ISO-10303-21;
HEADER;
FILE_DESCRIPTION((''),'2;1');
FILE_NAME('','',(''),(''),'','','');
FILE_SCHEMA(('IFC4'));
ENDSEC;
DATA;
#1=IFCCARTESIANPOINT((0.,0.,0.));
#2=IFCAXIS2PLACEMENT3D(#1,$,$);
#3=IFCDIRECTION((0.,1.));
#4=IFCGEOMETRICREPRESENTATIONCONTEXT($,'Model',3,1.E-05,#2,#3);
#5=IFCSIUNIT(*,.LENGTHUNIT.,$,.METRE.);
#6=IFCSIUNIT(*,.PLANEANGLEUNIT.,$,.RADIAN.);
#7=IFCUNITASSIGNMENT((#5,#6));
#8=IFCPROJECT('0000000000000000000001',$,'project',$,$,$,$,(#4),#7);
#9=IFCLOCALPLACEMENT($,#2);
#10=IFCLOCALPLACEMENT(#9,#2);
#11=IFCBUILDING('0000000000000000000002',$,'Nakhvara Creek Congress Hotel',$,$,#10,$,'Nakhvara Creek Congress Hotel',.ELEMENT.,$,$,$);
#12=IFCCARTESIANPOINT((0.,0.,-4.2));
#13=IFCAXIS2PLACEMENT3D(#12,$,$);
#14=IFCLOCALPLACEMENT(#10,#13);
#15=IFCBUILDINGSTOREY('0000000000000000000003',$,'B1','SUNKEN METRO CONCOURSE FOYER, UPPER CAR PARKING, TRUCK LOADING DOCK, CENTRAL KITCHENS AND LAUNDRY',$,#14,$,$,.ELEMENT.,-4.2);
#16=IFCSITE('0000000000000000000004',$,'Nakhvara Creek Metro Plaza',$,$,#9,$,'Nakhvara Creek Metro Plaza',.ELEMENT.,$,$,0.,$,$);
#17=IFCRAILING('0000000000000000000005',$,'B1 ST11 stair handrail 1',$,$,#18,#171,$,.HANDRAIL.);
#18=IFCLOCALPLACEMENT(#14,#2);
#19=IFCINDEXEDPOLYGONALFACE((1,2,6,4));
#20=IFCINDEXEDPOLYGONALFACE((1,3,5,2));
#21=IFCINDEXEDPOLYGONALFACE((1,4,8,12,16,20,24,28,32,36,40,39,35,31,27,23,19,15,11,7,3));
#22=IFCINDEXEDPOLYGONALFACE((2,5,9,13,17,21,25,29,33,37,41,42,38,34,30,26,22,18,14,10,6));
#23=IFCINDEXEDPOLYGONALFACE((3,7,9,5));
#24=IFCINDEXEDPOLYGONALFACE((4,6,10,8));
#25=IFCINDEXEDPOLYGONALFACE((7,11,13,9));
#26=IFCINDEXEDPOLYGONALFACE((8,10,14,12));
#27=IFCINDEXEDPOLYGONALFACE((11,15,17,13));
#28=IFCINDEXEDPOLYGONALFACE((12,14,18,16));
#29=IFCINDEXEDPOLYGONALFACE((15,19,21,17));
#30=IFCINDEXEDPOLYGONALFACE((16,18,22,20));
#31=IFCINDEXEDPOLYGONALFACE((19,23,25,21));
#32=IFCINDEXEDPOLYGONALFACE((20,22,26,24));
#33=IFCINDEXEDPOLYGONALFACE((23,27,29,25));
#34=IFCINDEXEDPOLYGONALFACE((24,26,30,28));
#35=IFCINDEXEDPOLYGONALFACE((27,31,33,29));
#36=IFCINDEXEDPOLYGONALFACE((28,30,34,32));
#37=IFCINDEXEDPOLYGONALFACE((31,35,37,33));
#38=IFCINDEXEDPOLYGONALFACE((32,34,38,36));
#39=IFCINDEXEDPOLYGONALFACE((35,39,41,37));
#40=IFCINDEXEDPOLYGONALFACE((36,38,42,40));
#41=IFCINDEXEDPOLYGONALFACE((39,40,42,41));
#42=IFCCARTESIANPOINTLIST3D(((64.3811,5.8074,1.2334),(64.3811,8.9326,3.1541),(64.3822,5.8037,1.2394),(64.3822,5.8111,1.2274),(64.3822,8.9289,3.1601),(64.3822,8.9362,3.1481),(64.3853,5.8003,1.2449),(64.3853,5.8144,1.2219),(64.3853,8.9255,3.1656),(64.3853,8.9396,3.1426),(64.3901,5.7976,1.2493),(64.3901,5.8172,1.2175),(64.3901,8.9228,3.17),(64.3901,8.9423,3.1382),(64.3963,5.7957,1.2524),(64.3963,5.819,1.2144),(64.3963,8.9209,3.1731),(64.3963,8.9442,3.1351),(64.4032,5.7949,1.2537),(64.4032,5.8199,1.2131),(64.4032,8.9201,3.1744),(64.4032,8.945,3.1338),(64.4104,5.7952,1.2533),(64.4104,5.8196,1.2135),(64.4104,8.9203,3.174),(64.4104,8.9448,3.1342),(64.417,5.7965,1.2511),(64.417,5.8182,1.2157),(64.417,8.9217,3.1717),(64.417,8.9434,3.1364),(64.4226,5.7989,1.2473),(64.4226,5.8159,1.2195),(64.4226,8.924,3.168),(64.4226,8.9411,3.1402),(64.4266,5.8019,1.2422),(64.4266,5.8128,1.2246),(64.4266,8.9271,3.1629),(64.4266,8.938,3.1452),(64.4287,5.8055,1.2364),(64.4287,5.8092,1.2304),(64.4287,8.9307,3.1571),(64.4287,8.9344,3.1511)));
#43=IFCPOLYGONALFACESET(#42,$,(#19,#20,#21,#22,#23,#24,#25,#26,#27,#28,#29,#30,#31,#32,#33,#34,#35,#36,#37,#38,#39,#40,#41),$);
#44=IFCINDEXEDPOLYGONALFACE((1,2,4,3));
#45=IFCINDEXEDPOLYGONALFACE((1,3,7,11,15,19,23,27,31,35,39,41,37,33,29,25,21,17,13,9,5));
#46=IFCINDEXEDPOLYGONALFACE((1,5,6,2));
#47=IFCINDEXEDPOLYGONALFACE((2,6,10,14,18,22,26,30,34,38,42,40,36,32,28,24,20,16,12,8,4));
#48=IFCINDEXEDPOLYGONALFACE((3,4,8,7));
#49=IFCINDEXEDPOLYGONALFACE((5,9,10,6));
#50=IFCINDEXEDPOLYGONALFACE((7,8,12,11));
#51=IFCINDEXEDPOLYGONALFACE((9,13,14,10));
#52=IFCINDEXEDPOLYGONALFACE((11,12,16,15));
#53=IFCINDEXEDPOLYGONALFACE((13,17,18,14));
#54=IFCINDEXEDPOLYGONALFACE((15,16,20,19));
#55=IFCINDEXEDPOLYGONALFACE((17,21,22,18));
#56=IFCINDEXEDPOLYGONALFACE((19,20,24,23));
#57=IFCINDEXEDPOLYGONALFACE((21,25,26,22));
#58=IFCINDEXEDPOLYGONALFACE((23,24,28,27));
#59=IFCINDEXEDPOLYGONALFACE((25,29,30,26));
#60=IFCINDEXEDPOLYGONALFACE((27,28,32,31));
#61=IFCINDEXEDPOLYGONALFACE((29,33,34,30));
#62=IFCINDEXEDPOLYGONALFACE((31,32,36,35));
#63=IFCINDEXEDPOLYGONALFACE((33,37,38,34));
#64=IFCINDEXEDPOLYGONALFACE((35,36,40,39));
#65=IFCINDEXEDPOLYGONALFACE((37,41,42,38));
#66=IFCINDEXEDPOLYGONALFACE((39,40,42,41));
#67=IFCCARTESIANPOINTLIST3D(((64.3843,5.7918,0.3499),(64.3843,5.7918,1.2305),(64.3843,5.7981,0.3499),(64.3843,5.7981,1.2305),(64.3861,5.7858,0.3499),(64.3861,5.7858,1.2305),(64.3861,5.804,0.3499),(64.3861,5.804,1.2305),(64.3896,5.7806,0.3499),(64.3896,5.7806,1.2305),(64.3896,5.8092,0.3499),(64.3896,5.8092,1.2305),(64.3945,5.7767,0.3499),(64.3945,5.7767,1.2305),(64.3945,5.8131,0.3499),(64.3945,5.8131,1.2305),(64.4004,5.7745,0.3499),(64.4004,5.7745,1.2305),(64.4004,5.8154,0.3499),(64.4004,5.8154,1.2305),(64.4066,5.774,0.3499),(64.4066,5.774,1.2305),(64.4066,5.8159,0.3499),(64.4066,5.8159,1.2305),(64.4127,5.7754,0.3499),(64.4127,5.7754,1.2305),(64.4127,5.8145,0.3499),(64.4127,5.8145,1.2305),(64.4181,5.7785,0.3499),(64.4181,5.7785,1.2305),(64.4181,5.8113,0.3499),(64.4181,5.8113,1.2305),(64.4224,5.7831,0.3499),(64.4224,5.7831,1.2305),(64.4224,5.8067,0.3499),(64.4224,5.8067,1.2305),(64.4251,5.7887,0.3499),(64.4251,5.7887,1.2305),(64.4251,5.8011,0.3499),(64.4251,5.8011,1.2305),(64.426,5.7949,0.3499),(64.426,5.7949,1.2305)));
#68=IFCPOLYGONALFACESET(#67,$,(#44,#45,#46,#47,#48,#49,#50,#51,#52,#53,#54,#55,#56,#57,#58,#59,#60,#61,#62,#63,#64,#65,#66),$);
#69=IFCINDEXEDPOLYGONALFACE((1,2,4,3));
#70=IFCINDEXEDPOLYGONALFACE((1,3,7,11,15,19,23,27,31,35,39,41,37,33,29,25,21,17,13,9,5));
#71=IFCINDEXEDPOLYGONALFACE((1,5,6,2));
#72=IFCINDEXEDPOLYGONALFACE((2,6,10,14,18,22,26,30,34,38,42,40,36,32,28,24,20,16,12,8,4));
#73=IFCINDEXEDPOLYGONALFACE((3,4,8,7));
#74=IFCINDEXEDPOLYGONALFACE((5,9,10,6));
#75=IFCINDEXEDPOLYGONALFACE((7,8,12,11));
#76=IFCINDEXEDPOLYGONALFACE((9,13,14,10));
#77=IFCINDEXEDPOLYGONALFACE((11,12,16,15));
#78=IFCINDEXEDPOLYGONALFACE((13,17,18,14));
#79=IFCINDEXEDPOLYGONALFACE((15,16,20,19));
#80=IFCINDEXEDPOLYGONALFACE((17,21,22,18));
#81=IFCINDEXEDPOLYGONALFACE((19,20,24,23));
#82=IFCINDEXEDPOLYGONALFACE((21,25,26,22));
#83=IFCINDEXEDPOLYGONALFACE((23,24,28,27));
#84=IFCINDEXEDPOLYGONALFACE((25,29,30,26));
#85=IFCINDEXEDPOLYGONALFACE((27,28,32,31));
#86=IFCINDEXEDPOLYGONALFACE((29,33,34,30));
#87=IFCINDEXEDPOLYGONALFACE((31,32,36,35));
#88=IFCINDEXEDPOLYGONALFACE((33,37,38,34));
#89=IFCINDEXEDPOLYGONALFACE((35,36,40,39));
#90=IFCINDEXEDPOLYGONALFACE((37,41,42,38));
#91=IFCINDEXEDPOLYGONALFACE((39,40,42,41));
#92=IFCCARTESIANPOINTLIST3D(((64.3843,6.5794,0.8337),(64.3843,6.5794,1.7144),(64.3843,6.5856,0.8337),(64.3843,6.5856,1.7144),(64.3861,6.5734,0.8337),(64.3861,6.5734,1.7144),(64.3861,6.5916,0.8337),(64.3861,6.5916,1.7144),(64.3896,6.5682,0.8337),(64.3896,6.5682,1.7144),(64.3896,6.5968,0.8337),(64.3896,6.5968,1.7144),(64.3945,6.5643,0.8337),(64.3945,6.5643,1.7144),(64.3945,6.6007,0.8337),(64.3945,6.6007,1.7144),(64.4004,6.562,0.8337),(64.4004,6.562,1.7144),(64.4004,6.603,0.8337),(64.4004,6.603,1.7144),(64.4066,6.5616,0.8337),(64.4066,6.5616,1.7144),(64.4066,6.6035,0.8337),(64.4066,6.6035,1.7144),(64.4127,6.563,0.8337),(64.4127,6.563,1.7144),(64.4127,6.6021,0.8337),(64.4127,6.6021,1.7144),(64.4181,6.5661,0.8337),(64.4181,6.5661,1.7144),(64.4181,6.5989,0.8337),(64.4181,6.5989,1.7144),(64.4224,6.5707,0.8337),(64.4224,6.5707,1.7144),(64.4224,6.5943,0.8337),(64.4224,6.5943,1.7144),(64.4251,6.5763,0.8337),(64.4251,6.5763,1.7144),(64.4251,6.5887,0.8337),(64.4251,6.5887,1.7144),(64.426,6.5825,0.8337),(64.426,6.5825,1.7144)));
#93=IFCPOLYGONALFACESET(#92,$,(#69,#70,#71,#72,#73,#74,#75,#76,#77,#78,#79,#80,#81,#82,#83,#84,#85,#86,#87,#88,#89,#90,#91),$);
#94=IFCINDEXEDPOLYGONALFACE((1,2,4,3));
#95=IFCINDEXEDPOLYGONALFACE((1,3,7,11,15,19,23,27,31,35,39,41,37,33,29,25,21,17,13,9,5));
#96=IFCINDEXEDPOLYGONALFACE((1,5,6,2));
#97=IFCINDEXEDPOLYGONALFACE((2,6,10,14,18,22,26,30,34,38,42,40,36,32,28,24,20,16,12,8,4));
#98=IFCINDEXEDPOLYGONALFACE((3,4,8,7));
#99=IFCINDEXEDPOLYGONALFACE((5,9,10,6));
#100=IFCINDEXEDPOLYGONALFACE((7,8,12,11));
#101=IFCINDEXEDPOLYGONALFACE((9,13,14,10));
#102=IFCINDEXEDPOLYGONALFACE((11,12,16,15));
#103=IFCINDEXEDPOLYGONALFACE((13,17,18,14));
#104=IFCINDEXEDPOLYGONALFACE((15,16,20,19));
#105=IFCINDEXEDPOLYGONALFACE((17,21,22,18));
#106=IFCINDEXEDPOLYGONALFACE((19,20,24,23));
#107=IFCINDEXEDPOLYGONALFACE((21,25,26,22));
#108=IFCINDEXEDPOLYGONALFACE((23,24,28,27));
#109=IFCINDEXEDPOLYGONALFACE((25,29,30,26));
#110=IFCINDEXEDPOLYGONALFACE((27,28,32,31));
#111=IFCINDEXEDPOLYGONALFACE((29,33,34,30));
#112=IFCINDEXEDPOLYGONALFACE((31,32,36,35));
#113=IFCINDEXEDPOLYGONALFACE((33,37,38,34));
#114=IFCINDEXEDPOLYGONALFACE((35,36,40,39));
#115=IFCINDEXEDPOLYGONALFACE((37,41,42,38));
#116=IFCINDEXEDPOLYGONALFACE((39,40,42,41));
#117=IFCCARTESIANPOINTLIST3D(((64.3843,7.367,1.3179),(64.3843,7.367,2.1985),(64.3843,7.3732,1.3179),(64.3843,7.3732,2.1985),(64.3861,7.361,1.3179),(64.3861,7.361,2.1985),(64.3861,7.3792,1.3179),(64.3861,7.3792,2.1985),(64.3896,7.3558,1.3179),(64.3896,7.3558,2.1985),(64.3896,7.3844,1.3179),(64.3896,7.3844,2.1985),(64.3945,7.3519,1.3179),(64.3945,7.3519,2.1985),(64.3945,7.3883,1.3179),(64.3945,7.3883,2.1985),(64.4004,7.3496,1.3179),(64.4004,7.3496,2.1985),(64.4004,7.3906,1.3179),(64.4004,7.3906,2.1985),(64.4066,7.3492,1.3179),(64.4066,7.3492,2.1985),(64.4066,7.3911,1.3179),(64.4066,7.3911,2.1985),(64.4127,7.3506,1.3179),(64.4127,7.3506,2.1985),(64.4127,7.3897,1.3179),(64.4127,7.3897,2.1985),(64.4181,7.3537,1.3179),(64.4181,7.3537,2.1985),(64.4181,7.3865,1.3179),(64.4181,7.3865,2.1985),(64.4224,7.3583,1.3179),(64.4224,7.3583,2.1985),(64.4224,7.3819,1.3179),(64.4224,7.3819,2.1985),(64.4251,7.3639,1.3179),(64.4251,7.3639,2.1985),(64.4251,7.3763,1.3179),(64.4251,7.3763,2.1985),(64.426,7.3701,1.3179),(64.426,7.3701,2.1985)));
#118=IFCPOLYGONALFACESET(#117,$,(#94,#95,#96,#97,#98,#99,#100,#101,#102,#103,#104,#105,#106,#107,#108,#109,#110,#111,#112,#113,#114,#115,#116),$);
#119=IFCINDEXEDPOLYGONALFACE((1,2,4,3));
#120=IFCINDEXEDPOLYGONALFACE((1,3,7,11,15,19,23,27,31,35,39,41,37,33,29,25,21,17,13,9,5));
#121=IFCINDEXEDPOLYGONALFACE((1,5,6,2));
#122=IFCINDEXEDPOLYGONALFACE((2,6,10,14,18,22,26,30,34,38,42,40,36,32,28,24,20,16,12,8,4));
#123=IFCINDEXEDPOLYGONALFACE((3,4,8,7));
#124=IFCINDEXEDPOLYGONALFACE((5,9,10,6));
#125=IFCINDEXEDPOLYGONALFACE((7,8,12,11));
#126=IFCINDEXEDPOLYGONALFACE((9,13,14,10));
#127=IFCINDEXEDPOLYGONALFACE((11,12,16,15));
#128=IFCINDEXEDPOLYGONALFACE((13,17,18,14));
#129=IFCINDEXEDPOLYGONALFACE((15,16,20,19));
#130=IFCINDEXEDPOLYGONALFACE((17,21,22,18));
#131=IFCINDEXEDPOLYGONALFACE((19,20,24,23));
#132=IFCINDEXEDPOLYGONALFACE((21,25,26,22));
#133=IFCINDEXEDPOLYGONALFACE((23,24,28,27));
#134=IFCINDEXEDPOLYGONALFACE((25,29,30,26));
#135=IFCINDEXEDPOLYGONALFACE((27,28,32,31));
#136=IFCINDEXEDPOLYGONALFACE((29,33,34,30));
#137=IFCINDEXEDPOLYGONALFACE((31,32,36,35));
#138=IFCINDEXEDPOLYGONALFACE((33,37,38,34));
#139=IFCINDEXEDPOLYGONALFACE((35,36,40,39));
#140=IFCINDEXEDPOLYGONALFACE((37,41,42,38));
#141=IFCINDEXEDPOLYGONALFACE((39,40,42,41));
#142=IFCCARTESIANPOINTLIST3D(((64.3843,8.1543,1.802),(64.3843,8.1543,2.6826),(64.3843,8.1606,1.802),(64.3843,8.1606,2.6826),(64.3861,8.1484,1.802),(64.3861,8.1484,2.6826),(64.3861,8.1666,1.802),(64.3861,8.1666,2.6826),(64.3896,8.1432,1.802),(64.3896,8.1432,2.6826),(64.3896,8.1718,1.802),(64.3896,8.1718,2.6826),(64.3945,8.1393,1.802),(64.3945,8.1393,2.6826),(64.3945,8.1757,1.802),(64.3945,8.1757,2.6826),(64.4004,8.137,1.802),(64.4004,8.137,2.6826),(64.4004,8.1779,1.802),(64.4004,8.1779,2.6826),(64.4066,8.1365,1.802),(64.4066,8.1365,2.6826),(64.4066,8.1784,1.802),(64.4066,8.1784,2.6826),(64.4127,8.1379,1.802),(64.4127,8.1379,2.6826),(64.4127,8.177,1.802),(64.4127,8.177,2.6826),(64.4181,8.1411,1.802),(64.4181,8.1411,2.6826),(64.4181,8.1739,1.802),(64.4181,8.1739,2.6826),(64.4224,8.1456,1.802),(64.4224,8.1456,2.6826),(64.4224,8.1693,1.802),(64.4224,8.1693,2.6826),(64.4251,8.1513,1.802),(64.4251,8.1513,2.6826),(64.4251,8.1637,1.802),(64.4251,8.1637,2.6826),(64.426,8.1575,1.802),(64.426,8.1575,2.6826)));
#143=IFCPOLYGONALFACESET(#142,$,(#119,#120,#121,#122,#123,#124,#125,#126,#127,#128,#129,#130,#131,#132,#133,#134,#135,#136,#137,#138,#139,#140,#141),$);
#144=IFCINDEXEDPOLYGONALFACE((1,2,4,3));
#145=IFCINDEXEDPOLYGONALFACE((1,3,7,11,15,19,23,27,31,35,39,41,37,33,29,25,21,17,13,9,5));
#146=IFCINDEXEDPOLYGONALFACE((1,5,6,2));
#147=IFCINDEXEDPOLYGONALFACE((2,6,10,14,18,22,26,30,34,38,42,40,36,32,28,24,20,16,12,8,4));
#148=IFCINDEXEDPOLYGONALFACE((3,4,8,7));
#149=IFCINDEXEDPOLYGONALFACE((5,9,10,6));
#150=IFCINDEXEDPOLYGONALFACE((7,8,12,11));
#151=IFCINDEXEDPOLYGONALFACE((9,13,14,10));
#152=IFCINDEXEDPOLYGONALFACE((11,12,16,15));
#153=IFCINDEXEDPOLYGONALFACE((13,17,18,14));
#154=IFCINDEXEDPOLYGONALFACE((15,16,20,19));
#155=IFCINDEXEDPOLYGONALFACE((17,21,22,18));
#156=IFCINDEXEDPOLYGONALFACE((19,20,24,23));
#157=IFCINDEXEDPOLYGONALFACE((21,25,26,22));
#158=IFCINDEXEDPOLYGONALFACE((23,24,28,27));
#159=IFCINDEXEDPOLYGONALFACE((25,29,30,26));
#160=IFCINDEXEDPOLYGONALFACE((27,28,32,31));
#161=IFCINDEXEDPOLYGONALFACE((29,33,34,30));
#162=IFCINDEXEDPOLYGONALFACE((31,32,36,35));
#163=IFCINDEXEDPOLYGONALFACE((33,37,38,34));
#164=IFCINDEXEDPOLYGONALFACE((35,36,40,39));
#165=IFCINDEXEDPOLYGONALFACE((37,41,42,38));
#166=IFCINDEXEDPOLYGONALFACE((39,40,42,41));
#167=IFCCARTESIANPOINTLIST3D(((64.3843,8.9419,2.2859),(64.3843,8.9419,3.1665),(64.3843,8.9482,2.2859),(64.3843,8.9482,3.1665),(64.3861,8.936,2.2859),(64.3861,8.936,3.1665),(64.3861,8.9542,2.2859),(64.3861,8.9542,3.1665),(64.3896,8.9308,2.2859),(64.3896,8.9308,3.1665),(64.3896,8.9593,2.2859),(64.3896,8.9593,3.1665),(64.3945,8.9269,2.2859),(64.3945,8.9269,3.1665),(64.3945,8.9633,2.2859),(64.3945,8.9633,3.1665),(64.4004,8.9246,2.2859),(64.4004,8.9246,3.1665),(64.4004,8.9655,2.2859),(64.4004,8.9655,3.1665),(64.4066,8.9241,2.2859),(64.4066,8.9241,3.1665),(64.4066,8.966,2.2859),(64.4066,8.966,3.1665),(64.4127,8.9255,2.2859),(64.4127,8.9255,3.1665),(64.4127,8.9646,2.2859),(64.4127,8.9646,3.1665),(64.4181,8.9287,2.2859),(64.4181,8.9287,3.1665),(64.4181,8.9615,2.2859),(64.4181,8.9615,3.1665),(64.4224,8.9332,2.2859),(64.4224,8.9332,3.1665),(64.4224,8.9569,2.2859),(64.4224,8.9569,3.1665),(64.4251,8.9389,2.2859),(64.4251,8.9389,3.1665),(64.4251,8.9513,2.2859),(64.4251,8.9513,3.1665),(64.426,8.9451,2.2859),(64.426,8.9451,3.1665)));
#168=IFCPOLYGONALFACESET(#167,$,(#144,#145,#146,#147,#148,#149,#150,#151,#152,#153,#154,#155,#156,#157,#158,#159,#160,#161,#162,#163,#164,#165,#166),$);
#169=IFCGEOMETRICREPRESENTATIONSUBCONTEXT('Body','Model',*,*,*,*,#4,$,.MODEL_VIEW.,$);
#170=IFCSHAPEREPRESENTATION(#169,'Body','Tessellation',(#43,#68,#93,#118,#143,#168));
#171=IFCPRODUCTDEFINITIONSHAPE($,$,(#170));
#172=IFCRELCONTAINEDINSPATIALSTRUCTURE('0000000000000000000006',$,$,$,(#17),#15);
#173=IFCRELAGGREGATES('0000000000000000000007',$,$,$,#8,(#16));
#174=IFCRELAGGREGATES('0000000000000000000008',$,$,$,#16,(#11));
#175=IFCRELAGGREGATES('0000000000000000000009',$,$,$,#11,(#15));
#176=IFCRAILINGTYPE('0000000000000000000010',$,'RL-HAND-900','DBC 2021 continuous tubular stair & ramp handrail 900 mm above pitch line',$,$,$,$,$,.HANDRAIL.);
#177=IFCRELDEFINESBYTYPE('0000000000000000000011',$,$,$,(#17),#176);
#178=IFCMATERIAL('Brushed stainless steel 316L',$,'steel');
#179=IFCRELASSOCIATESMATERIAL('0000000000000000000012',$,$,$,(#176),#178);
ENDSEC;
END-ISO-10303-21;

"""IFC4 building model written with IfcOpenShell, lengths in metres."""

from ifc_helpers import new_model, si_unit, direction, frame, origin, origin_2d, place, context, subcontext, project, spatial, circle, extrude, material, type_object, element, save


model = new_model("IFC4")

# Units and contexts
model_context = context("Model", 3, precision=1e-05, world=origin(), true_north=direction((0.0, 1.0)))
body_context = subcontext(model_context, "Body", "Model", "MODEL_VIEW")
ifc_project = project(units=[si_unit("LENGTHUNIT", "METRE"), si_unit("PLANEANGLEUNIT", "RADIAN")], contexts=[model_context])

# Site, building, storey
site_placement = place(None, origin())
site = spatial("IfcSite", under=ifc_project, at=site_placement, Name="Nakhvara Creek Metro Plaza", LongName="Nakhvara Creek Metro Plaza", CompositionType="ELEMENT", RefElevation=0.0)
building_placement = place(site_placement, origin())
building = spatial("IfcBuilding", under=site, at=building_placement, Name="Nakhvara Creek Congress Hotel", LongName="Nakhvara Creek Congress Hotel", CompositionType="ELEMENT")
storey_placement = place(building_placement, frame((0.0, 0.0, -4.2)))
storey = spatial("IfcBuildingStorey", under=building, at=storey_placement, Name="B1", Description="SUNKEN METRO CONCOURSE FOYER, UPPER CAR PARKING, TRUCK LOADING DOCK, CENTRAL KITCHENS AND LAUNDRY", CompositionType="ELEMENT", Elevation=-4.2)

# Railing
ifc_material_1 = material(Name="Brushed stainless steel 316L", Category="steel")
railing_type_1 = type_object("IfcRailingType", Name="RL-HAND-900", Description="DBC 2021 continuous tubular stair & ramp handrail 900 mm above pitch line", PredefinedType="HANDRAIL", material=ifc_material_1)
railing_1_placement = place(storey_placement, frame((64.405, 5.7949, 0.3499)))
element("IfcRailing", 1, at=railing_1_placement, inside=storey, type_object=railing_type_1, Name="B1 ST11 stair handrail 1", PredefinedType="HANDRAIL", context=body_context, shape_type="SweptSolid", body=[
    extrude(circle(Radius=0.0239, at=origin_2d()), frame((0.0, 0.0125, 0.8835), z_axis=(0.0, 0.851962, 0.523604), x_axis=(-1.0, 0.0, 0.0)), (0.0, 0.0, 1.0), 3.6682),
    extrude(circle(Radius=0.021, at=origin_2d()), origin(), (0.0, 0.0, 1.0), 0.8806),
    extrude(circle(Radius=0.021, at=origin_2d()), frame((0.0, 0.7876, 0.4839)), (0.0, 0.0, 1.0), 0.8806),
    extrude(circle(Radius=0.021, at=origin_2d()), frame((0.0, 1.5752, 0.968)), (0.0, 0.0, 1.0), 0.8806),
    extrude(circle(Radius=0.021, at=origin_2d()), frame((0.0, 2.3625, 1.4521)), (0.0, 0.0, 1.0), 0.8806),
    extrude(circle(Radius=0.021, at=origin_2d()), frame((0.0, 3.1501, 1.936)), (0.0, 0.0, 1.0), 0.8806),
])

save(model, "model.ifc")
